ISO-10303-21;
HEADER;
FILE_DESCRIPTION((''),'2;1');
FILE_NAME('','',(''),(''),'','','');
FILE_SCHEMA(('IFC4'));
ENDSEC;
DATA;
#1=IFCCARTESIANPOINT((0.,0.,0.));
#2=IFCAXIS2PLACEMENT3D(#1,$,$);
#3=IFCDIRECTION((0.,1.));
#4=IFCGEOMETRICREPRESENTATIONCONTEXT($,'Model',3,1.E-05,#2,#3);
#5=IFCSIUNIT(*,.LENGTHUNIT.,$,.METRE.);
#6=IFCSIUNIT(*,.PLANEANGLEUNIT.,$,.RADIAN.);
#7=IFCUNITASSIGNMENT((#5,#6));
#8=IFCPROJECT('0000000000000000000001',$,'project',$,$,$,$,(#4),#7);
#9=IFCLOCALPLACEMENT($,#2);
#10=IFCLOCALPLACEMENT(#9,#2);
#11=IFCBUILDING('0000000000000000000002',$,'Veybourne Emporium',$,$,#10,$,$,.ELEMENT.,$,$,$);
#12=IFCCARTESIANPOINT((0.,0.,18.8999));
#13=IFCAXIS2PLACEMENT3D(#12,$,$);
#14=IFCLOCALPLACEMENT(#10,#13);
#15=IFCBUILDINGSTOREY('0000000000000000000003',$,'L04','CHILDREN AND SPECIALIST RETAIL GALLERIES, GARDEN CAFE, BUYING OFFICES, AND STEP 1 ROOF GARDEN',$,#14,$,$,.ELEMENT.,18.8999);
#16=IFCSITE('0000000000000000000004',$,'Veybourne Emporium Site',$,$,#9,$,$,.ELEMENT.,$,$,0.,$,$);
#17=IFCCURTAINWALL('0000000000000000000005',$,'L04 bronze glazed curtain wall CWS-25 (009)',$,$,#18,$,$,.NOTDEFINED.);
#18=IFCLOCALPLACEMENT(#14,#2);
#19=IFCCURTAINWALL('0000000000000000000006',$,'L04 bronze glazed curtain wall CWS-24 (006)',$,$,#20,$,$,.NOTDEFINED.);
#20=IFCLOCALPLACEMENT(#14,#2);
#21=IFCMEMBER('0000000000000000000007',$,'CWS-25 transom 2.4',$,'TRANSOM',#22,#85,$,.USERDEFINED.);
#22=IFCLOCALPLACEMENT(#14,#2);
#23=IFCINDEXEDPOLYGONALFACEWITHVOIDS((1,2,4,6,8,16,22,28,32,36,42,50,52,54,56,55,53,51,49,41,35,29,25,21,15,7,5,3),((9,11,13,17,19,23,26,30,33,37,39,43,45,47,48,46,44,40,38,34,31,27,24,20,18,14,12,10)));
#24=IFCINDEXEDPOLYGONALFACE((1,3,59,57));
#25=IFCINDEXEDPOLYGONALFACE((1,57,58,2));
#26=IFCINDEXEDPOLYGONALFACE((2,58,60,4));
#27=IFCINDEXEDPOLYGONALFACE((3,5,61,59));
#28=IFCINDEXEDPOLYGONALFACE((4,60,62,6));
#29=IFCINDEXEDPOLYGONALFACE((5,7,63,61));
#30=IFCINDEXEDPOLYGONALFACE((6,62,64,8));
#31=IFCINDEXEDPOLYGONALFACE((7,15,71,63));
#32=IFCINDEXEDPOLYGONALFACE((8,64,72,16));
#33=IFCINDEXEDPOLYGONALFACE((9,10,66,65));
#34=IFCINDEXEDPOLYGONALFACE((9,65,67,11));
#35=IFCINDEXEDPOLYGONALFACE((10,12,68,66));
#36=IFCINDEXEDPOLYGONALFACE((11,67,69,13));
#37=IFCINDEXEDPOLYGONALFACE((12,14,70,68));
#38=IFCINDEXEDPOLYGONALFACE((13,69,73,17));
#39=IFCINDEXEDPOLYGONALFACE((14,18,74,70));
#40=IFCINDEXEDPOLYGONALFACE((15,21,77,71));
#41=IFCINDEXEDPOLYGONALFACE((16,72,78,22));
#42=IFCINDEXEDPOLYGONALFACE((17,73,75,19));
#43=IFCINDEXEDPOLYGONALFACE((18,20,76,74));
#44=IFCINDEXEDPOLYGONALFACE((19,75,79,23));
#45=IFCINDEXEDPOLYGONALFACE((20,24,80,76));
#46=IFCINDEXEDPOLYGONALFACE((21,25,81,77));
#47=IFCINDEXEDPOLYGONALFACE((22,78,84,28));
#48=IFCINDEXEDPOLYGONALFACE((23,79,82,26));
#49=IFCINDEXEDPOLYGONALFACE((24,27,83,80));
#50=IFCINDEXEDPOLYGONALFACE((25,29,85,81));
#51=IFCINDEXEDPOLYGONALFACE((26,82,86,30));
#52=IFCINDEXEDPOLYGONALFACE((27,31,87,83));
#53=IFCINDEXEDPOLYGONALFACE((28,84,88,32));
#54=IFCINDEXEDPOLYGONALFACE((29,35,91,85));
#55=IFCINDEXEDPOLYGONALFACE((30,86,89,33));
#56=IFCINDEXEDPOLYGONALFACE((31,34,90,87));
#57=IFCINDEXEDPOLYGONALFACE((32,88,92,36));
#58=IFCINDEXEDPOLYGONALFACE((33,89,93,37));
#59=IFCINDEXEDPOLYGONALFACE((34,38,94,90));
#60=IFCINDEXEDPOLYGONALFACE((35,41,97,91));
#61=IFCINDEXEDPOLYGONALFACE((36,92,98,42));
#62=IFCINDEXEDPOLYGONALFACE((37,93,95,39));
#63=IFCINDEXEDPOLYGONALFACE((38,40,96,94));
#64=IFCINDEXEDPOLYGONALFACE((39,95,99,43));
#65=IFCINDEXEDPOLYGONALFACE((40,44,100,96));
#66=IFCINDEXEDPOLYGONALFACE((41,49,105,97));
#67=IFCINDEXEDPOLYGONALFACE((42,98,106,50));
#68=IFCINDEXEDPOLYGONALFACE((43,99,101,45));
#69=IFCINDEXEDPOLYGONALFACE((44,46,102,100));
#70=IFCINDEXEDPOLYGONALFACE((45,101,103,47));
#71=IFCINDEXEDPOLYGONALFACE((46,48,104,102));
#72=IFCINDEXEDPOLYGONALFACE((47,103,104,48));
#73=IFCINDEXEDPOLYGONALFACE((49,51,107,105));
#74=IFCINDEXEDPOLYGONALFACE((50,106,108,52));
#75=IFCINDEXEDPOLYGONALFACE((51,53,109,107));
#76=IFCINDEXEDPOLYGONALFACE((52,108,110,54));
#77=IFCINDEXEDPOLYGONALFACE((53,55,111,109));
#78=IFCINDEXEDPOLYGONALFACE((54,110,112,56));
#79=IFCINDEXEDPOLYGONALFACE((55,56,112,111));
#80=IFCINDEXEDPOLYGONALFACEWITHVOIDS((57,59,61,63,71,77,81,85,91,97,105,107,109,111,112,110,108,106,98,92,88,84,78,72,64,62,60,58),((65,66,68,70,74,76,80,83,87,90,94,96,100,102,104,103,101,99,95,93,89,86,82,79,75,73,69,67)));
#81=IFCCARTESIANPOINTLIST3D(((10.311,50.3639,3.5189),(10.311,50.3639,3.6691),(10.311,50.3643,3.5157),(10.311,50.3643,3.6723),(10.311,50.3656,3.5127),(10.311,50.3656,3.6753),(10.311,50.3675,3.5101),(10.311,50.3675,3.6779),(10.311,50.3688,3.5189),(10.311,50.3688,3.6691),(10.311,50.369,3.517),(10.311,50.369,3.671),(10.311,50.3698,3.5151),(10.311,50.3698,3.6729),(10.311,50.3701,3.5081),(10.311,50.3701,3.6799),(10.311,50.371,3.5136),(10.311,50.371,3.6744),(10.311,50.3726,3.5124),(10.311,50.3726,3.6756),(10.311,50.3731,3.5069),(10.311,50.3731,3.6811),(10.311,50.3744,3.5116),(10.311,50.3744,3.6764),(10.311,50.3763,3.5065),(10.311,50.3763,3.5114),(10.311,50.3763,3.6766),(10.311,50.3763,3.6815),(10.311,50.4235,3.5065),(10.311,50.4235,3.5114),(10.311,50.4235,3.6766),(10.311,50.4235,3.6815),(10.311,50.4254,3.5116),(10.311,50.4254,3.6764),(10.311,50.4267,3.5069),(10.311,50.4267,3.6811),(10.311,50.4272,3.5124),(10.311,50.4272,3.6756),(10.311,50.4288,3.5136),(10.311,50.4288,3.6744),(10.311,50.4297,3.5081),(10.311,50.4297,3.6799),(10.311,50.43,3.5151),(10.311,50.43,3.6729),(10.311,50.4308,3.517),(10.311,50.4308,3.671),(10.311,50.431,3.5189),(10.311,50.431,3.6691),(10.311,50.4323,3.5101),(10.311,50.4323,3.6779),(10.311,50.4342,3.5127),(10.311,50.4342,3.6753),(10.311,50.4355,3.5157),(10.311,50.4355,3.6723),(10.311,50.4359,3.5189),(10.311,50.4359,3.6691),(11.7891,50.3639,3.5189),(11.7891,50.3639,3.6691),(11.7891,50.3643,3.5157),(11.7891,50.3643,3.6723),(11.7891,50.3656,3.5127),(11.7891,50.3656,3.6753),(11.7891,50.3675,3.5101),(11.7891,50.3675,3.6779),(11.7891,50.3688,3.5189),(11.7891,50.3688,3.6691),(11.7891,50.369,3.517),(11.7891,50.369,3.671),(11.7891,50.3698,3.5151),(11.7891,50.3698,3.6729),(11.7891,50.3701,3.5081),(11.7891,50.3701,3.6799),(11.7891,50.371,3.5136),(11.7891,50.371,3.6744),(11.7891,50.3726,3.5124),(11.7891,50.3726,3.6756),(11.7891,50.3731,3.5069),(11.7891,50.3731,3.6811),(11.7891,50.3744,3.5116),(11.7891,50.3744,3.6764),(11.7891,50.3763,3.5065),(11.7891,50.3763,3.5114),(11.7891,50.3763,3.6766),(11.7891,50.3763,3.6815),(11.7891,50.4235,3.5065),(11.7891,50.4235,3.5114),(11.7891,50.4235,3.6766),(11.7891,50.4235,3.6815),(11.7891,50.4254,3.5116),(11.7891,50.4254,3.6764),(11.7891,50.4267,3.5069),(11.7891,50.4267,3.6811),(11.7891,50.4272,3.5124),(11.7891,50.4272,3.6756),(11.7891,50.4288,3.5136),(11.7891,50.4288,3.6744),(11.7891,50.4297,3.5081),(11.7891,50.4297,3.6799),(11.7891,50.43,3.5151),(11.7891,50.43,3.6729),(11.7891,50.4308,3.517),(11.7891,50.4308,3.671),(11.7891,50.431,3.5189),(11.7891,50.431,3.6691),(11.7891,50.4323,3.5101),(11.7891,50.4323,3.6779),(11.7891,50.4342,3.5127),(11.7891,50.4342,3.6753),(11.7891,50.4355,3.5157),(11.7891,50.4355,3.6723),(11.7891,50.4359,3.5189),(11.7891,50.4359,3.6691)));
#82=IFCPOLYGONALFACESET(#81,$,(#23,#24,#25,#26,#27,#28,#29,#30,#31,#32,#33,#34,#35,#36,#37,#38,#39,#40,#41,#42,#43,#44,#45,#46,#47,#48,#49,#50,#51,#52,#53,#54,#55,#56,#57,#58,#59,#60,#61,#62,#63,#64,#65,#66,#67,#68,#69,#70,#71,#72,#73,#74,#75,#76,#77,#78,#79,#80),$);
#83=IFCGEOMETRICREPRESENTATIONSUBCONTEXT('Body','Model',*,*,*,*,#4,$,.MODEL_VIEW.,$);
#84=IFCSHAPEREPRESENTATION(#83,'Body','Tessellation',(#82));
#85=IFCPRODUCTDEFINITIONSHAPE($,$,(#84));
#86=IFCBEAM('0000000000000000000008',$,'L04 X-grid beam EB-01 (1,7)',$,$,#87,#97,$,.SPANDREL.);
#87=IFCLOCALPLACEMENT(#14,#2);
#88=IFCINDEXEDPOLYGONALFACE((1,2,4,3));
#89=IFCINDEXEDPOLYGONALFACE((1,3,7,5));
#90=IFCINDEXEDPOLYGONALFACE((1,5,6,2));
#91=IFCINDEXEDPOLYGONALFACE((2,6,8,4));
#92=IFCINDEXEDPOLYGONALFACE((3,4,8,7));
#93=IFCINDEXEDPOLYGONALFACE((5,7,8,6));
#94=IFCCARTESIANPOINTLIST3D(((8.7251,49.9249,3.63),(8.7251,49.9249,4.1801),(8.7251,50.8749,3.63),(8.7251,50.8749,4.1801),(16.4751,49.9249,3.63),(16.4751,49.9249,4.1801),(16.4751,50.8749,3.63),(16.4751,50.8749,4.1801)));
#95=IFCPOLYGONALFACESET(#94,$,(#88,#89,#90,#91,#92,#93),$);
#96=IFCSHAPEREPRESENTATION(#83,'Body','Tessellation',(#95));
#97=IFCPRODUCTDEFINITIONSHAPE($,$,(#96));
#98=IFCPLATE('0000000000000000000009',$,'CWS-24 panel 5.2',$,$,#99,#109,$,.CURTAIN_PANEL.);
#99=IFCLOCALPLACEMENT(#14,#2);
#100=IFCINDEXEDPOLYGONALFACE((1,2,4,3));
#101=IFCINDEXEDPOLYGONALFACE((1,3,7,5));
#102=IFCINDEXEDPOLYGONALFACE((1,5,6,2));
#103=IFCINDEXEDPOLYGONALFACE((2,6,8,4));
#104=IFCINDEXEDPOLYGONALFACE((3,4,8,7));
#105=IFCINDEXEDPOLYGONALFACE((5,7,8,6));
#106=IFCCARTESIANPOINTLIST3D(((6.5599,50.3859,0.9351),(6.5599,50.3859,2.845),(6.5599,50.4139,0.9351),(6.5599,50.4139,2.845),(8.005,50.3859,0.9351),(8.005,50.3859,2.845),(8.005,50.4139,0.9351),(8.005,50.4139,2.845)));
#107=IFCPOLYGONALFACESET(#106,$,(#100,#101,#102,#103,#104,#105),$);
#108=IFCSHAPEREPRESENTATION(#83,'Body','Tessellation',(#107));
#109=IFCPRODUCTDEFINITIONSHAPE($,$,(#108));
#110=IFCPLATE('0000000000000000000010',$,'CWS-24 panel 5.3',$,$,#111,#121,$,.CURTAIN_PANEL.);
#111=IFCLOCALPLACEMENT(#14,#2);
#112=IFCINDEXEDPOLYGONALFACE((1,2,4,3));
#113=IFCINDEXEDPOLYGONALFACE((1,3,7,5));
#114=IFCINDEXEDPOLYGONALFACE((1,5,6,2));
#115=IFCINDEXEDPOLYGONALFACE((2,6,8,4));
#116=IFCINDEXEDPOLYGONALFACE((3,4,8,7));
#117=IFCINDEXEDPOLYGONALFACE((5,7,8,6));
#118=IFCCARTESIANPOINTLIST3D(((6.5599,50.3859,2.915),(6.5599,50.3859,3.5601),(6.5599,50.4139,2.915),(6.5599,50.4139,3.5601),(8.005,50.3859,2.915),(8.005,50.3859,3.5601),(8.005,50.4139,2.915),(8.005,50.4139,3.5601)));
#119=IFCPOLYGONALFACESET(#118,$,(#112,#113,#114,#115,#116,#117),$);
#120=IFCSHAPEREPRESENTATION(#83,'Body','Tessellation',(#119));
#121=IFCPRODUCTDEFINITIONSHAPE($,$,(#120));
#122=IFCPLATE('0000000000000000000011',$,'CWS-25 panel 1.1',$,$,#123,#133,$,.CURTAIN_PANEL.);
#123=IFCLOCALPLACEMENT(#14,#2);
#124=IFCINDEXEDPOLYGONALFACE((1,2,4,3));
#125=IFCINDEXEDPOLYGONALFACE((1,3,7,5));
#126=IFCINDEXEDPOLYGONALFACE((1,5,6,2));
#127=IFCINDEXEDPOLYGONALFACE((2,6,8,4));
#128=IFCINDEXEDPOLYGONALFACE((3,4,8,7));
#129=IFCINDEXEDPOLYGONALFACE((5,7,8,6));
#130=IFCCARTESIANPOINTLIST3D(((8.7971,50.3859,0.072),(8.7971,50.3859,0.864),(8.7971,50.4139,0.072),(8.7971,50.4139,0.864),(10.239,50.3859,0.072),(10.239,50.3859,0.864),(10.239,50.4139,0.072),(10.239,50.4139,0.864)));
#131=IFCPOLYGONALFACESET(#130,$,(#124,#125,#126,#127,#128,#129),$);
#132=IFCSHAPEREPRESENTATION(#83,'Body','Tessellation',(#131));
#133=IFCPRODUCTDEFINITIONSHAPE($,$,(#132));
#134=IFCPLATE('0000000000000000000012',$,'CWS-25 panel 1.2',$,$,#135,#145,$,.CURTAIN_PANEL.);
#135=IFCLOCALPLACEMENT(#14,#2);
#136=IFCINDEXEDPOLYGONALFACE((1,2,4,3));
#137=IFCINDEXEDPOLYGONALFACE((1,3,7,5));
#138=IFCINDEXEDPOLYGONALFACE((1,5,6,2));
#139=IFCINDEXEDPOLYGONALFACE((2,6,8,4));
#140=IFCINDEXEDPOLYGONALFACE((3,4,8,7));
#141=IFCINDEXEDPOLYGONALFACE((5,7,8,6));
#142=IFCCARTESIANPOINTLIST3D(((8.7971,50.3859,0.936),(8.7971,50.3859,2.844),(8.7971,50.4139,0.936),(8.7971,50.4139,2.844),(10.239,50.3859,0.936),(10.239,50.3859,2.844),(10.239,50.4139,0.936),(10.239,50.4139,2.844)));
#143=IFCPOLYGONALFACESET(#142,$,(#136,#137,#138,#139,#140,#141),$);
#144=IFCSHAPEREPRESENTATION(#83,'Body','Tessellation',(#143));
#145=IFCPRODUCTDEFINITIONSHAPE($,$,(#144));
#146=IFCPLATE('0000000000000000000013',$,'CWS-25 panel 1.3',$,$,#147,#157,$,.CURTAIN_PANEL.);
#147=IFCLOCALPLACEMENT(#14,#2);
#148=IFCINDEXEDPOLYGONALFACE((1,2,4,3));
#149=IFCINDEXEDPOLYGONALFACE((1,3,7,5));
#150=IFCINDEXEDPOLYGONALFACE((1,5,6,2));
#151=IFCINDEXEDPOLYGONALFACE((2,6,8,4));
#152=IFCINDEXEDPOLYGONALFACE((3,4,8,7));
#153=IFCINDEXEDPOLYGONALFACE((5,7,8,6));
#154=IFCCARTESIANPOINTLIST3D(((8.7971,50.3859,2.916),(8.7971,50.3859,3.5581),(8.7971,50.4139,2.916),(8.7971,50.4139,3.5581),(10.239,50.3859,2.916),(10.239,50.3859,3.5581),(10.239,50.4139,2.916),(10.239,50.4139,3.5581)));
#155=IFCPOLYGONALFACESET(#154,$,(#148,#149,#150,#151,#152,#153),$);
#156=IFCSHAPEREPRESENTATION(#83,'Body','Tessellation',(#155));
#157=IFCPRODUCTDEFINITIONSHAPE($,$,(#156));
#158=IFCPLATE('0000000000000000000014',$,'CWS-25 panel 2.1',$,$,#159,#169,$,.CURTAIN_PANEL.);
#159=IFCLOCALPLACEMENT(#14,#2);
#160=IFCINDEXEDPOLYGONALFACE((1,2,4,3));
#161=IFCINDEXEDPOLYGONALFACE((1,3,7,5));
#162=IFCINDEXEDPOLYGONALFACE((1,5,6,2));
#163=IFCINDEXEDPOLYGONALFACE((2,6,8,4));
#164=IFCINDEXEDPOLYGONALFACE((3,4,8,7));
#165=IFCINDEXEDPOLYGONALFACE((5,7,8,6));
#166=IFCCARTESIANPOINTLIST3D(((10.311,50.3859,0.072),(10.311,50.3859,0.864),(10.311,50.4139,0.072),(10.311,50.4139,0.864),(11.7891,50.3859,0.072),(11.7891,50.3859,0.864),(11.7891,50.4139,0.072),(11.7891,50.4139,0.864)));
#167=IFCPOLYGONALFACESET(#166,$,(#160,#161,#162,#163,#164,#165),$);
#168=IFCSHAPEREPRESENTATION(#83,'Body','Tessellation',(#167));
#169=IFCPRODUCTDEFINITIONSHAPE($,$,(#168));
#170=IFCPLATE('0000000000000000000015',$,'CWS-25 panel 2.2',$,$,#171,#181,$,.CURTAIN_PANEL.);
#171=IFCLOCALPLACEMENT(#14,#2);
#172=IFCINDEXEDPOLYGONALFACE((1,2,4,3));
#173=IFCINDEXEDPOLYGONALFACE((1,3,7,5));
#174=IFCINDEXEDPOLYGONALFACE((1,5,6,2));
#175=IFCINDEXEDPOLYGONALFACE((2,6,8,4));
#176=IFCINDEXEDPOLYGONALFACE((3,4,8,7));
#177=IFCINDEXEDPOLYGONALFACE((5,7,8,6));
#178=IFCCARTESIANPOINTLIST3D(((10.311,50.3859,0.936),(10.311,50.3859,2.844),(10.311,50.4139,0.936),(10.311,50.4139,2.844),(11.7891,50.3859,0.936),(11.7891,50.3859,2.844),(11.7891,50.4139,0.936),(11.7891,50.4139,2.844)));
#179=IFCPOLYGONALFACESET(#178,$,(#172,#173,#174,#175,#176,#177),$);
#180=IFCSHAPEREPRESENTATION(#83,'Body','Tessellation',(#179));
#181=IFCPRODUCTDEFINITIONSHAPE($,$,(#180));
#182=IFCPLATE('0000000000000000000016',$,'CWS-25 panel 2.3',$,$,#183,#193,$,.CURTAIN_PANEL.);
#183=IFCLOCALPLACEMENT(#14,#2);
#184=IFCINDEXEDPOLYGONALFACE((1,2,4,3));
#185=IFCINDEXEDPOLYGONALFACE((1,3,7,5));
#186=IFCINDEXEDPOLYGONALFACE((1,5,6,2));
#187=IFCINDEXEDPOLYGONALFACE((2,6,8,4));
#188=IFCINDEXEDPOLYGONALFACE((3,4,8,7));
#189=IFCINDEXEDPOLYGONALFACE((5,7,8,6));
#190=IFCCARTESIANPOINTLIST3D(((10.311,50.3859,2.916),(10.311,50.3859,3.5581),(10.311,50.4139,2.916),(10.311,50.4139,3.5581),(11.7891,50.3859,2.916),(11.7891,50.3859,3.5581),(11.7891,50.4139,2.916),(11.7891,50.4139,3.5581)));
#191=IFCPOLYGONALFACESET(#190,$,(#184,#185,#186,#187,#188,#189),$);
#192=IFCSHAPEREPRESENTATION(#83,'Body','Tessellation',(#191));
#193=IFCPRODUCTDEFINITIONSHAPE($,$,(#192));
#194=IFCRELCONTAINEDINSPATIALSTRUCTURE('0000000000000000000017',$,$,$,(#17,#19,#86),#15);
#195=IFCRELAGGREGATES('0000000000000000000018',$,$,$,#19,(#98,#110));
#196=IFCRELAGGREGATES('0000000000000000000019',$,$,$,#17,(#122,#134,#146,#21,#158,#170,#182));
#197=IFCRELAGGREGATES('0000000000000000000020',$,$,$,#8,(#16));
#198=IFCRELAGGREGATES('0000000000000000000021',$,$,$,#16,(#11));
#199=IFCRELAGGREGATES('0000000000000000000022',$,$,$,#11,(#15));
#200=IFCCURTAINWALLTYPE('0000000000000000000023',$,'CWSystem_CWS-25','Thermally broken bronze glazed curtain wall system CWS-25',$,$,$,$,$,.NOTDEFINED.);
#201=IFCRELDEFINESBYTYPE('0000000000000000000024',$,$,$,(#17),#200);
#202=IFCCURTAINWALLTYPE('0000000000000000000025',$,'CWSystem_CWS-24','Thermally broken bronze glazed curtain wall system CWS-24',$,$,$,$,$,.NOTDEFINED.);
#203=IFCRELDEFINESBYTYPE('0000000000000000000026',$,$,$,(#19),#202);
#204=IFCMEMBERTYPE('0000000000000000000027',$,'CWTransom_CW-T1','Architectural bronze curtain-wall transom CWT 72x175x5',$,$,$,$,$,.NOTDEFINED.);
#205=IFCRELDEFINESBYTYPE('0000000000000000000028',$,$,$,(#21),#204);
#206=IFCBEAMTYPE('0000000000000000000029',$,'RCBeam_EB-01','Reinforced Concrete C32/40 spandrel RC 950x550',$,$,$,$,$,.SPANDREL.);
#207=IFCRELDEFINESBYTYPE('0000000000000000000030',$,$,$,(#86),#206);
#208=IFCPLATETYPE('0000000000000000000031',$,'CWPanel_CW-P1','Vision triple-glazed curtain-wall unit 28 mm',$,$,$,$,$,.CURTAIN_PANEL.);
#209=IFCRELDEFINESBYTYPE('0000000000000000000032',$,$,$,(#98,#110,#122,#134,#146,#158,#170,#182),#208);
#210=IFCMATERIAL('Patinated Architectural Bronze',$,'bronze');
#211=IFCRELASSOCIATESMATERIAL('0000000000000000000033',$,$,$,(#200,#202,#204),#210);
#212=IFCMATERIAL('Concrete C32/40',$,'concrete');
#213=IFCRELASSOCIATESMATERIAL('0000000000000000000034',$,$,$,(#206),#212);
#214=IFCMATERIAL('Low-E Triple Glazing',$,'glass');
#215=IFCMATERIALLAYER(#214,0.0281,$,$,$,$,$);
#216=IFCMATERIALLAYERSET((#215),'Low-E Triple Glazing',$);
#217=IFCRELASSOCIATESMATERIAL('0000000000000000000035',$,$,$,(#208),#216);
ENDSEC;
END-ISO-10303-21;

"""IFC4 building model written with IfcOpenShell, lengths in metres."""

from ifc_helpers import new_model, si_unit, direction, frame, origin, origin_2d, place, context, subcontext, project, spatial, rectangle, hollow_rectangle, extrude, material, layer, layer_set, material_profile, profile_set, type_object, element, aggregate, save


model = new_model("IFC4")

# Units and contexts
model_context = context("Model", 3, precision=1e-05, world=origin(), true_north=direction((0.0, 1.0)))
body_context = subcontext(model_context, "Body", "Model", "MODEL_VIEW")
ifc_project = project(units=[si_unit("LENGTHUNIT", "METRE"), si_unit("PLANEANGLEUNIT", "RADIAN")], contexts=[model_context])

# Site, building, storey
site_placement = place(None, origin())
site = spatial("IfcSite", under=ifc_project, at=site_placement, Name="Veybourne Emporium Site", CompositionType="ELEMENT", RefElevation=0.0)
building_placement = place(site_placement, origin())
building = spatial("IfcBuilding", under=site, at=building_placement, Name="Veybourne Emporium", CompositionType="ELEMENT")
storey_placement = place(building_placement, frame((0.0, 0.0, 18.8999)))
storey = spatial("IfcBuildingStorey", under=building, at=storey_placement, Name="L04", Description="CHILDREN AND SPECIALIST RETAIL GALLERIES, GARDEN CAFE, BUYING OFFICES, AND STEP 1 ROOF GARDEN", CompositionType="ELEMENT", Elevation=18.8999)

# Curtain wall
ifc_material_1 = material(Name="Patinated Architectural Bronze", Category="bronze")
curtain_wall_type_1 = type_object("IfcCurtainWallType", Name="CWSystem_CWS-25", Description="Thermally broken bronze glazed curtain wall system CWS-25", PredefinedType="NOTDEFINED", material=ifc_material_1)
curtain_wall_1_placement = place(storey_placement, origin())
curtain_wall_1 = element("IfcCurtainWall", 1, at=curtain_wall_1_placement, inside=storey, type_object=curtain_wall_type_1, Name="L04 bronze glazed curtain wall CWS-25 (009)", PredefinedType="NOTDEFINED")

# Curtain wall
curtain_wall_type_2 = type_object("IfcCurtainWallType", Name="CWSystem_CWS-24", Description="Thermally broken bronze glazed curtain wall system CWS-24", PredefinedType="NOTDEFINED", material=ifc_material_1)
curtain_wall_2_placement = place(storey_placement, origin())
curtain_wall_2 = element("IfcCurtainWall", 2, at=curtain_wall_2_placement, inside=storey, type_object=curtain_wall_type_2, Name="L04 bronze glazed curtain wall CWS-24 (006)", PredefinedType="NOTDEFINED")

# Member
ifc_material_profile_1 = material_profile(ifc_material_1, hollow_rectangle(XDim=0.072, YDim=0.175, WallThickness=0.0049, InnerFilletRadius=0.0076, OuterFilletRadius=0.0125, at=origin_2d()), Name="CWT 72x175x5")
ifc_profile_set_1 = profile_set([ifc_material_profile_1], Name="Patinated Architectural Bronze")
member_type_1 = type_object("IfcMemberType", Name="CWTransom_CW-T1", Description="Architectural bronze curtain-wall transom CWT 72x175x5", PredefinedType="NOTDEFINED", material=ifc_profile_set_1)
member_1_placement = place(storey_placement, frame((10.311, 50.3999, 3.594), z_axis=(1.0, 0.0, 0.0), x_axis=(0.0, 1.0, 0.0)))
member_1 = element("IfcMember", 3, at=member_1_placement, type_object=member_type_1, Name="CWS-25 transom 2.4", ObjectType="TRANSOM", PredefinedType="USERDEFINED", context=body_context, shape_type="SweptSolid", body=[
    extrude(hollow_rectangle(XDim=0.072, YDim=0.175, WallThickness=0.0049, InnerFilletRadius=0.0076, OuterFilletRadius=0.0125, at=origin_2d()), origin(), (0.0, 0.0, 1.0), 1.478),
])

# Beam
ifc_material_2 = material(Name="Concrete C32/40", Category="concrete")
ifc_material_profile_2 = material_profile(ifc_material_2, rectangle(XDim=0.95, YDim=0.55, at=origin_2d()), Name="RC 950x550")
ifc_profile_set_2 = profile_set([ifc_material_profile_2], Name="Concrete C32/40")
beam_type = type_object("IfcBeamType", Name="RCBeam_EB-01", Description="Reinforced Concrete C32/40 spandrel RC 950x550", PredefinedType="SPANDREL", material=ifc_profile_set_2)
beam_placement = place(storey_placement, frame((8.7251, 50.3999, 3.905), z_axis=(1.0, 0.0, 0.0), x_axis=(0.0, 1.0, 0.0)))
element("IfcBeam", 4, at=beam_placement, inside=storey, type_object=beam_type, Name="L04 X-grid beam EB-01 (1,7)", PredefinedType="SPANDREL", context=body_context, shape_type="SweptSolid", body=[
    extrude(rectangle(XDim=0.95, YDim=0.55, at=origin_2d()), origin(), (0.0, 0.0, 1.0), 7.75),
])

# Plates
ifc_material_3 = material(Name="Low-E Triple Glazing", Category="glass")
ifc_layer_1 = layer(ifc_material_3, 0.0281)
ifc_layer_set_1 = layer_set([ifc_layer_1], Name="Low-E Triple Glazing")
plate_type = type_object("IfcPlateType", Name="CWPanel_CW-P1", Description="Vision triple-glazed curtain-wall unit 28 mm", PredefinedType="CURTAIN_PANEL", material=ifc_layer_set_1)
plate_1_placement = place(storey_placement, frame((7.2825, 50.3999, 0.9351), z_axis=(0.0, 0.0, 1.0), x_axis=(1.0, 0.0, 0.0)))
plate_1 = element("IfcPlate", 5, at=plate_1_placement, type_object=plate_type, Name="CWS-24 panel 5.2", PredefinedType="CURTAIN_PANEL", context=body_context, shape_type="SweptSolid", body=[
    extrude(rectangle(XDim=1.4451, YDim=0.0281, at=origin_2d()), origin(), (0.0, 0.0, 1.0), 1.9099),
])
plate_2_placement = place(storey_placement, frame((7.2825, 50.3999, 2.915), z_axis=(0.0, 0.0, 1.0), x_axis=(1.0, 0.0, 0.0)))
plate_2 = element("IfcPlate", 6, at=plate_2_placement, type_object=plate_type, Name="CWS-24 panel 5.3", PredefinedType="CURTAIN_PANEL", context=body_context, shape_type="SweptSolid", body=[
    extrude(rectangle(XDim=1.4451, YDim=0.0281, at=origin_2d()), origin(), (0.0, 0.0, 1.0), 0.645),
])
aggregate(curtain_wall_2, [plate_1, plate_2])
plate_3_placement = place(storey_placement, frame((9.5181, 50.3999, 0.072), z_axis=(0.0, 0.0, 1.0), x_axis=(1.0, 0.0, 0.0)))
plate_3 = element("IfcPlate", 7, at=plate_3_placement, type_object=plate_type, Name="CWS-25 panel 1.1", PredefinedType="CURTAIN_PANEL", context=body_context, shape_type="SweptSolid", body=[
    extrude(rectangle(XDim=1.4419, YDim=0.0281, at=origin_2d()), origin(), (0.0, 0.0, 1.0), 0.792),
])
plate_4_placement = place(storey_placement, frame((9.5181, 50.3999, 0.936), z_axis=(0.0, 0.0, 1.0), x_axis=(1.0, 0.0, 0.0)))
plate_4 = element("IfcPlate", 8, at=plate_4_placement, type_object=plate_type, Name="CWS-25 panel 1.2", PredefinedType="CURTAIN_PANEL", context=body_context, shape_type="SweptSolid", body=[
    extrude(rectangle(XDim=1.4419, YDim=0.0281, at=origin_2d()), origin(), (0.0, 0.0, 1.0), 1.908),
])
plate_5_placement = place(storey_placement, frame((9.5181, 50.3999, 2.916), z_axis=(0.0, 0.0, 1.0), x_axis=(1.0, 0.0, 0.0)))
plate_5 = element("IfcPlate", 9, at=plate_5_placement, type_object=plate_type, Name="CWS-25 panel 1.3", PredefinedType="CURTAIN_PANEL", context=body_context, shape_type="SweptSolid", body=[
    extrude(rectangle(XDim=1.4419, YDim=0.0281, at=origin_2d()), origin(), (0.0, 0.0, 1.0), 0.6421),
])
plate_6_placement = place(storey_placement, frame((11.05, 50.3999, 0.072), z_axis=(0.0, 0.0, 1.0), x_axis=(1.0, 0.0, 0.0)))
plate_6 = element("IfcPlate", 10, at=plate_6_placement, type_object=plate_type, Name="CWS-25 panel 2.1", PredefinedType="CURTAIN_PANEL", context=body_context, shape_type="SweptSolid", body=[
    extrude(rectangle(XDim=1.478, YDim=0.0281, at=origin_2d()), origin(), (0.0, 0.0, 1.0), 0.792),
])
plate_7_placement = place(storey_placement, frame((11.05, 50.3999, 0.936), z_axis=(0.0, 0.0, 1.0), x_axis=(1.0, 0.0, 0.0)))
plate_7 = element("IfcPlate", 11, at=plate_7_placement, type_object=plate_type, Name="CWS-25 panel 2.2", PredefinedType="CURTAIN_PANEL", context=body_context, shape_type="SweptSolid", body=[
    extrude(rectangle(XDim=1.478, YDim=0.0281, at=origin_2d()), origin(), (0.0, 0.0, 1.0), 1.908),
])
plate_8_placement = place(storey_placement, frame((11.05, 50.3999, 2.916), z_axis=(0.0, 0.0, 1.0), x_axis=(1.0, 0.0, 0.0)))
plate_8 = element("IfcPlate", 12, at=plate_8_placement, type_object=plate_type, Name="CWS-25 panel 2.3", PredefinedType="CURTAIN_PANEL", context=body_context, shape_type="SweptSolid", body=[
    extrude(rectangle(XDim=1.478, YDim=0.0281, at=origin_2d()), origin(), (0.0, 0.0, 1.0), 0.6421),
])
aggregate(curtain_wall_1, [plate_3, plate_4, plate_5, member_1, plate_6, plate_7, plate_8])

save(model, "model.ifc")
